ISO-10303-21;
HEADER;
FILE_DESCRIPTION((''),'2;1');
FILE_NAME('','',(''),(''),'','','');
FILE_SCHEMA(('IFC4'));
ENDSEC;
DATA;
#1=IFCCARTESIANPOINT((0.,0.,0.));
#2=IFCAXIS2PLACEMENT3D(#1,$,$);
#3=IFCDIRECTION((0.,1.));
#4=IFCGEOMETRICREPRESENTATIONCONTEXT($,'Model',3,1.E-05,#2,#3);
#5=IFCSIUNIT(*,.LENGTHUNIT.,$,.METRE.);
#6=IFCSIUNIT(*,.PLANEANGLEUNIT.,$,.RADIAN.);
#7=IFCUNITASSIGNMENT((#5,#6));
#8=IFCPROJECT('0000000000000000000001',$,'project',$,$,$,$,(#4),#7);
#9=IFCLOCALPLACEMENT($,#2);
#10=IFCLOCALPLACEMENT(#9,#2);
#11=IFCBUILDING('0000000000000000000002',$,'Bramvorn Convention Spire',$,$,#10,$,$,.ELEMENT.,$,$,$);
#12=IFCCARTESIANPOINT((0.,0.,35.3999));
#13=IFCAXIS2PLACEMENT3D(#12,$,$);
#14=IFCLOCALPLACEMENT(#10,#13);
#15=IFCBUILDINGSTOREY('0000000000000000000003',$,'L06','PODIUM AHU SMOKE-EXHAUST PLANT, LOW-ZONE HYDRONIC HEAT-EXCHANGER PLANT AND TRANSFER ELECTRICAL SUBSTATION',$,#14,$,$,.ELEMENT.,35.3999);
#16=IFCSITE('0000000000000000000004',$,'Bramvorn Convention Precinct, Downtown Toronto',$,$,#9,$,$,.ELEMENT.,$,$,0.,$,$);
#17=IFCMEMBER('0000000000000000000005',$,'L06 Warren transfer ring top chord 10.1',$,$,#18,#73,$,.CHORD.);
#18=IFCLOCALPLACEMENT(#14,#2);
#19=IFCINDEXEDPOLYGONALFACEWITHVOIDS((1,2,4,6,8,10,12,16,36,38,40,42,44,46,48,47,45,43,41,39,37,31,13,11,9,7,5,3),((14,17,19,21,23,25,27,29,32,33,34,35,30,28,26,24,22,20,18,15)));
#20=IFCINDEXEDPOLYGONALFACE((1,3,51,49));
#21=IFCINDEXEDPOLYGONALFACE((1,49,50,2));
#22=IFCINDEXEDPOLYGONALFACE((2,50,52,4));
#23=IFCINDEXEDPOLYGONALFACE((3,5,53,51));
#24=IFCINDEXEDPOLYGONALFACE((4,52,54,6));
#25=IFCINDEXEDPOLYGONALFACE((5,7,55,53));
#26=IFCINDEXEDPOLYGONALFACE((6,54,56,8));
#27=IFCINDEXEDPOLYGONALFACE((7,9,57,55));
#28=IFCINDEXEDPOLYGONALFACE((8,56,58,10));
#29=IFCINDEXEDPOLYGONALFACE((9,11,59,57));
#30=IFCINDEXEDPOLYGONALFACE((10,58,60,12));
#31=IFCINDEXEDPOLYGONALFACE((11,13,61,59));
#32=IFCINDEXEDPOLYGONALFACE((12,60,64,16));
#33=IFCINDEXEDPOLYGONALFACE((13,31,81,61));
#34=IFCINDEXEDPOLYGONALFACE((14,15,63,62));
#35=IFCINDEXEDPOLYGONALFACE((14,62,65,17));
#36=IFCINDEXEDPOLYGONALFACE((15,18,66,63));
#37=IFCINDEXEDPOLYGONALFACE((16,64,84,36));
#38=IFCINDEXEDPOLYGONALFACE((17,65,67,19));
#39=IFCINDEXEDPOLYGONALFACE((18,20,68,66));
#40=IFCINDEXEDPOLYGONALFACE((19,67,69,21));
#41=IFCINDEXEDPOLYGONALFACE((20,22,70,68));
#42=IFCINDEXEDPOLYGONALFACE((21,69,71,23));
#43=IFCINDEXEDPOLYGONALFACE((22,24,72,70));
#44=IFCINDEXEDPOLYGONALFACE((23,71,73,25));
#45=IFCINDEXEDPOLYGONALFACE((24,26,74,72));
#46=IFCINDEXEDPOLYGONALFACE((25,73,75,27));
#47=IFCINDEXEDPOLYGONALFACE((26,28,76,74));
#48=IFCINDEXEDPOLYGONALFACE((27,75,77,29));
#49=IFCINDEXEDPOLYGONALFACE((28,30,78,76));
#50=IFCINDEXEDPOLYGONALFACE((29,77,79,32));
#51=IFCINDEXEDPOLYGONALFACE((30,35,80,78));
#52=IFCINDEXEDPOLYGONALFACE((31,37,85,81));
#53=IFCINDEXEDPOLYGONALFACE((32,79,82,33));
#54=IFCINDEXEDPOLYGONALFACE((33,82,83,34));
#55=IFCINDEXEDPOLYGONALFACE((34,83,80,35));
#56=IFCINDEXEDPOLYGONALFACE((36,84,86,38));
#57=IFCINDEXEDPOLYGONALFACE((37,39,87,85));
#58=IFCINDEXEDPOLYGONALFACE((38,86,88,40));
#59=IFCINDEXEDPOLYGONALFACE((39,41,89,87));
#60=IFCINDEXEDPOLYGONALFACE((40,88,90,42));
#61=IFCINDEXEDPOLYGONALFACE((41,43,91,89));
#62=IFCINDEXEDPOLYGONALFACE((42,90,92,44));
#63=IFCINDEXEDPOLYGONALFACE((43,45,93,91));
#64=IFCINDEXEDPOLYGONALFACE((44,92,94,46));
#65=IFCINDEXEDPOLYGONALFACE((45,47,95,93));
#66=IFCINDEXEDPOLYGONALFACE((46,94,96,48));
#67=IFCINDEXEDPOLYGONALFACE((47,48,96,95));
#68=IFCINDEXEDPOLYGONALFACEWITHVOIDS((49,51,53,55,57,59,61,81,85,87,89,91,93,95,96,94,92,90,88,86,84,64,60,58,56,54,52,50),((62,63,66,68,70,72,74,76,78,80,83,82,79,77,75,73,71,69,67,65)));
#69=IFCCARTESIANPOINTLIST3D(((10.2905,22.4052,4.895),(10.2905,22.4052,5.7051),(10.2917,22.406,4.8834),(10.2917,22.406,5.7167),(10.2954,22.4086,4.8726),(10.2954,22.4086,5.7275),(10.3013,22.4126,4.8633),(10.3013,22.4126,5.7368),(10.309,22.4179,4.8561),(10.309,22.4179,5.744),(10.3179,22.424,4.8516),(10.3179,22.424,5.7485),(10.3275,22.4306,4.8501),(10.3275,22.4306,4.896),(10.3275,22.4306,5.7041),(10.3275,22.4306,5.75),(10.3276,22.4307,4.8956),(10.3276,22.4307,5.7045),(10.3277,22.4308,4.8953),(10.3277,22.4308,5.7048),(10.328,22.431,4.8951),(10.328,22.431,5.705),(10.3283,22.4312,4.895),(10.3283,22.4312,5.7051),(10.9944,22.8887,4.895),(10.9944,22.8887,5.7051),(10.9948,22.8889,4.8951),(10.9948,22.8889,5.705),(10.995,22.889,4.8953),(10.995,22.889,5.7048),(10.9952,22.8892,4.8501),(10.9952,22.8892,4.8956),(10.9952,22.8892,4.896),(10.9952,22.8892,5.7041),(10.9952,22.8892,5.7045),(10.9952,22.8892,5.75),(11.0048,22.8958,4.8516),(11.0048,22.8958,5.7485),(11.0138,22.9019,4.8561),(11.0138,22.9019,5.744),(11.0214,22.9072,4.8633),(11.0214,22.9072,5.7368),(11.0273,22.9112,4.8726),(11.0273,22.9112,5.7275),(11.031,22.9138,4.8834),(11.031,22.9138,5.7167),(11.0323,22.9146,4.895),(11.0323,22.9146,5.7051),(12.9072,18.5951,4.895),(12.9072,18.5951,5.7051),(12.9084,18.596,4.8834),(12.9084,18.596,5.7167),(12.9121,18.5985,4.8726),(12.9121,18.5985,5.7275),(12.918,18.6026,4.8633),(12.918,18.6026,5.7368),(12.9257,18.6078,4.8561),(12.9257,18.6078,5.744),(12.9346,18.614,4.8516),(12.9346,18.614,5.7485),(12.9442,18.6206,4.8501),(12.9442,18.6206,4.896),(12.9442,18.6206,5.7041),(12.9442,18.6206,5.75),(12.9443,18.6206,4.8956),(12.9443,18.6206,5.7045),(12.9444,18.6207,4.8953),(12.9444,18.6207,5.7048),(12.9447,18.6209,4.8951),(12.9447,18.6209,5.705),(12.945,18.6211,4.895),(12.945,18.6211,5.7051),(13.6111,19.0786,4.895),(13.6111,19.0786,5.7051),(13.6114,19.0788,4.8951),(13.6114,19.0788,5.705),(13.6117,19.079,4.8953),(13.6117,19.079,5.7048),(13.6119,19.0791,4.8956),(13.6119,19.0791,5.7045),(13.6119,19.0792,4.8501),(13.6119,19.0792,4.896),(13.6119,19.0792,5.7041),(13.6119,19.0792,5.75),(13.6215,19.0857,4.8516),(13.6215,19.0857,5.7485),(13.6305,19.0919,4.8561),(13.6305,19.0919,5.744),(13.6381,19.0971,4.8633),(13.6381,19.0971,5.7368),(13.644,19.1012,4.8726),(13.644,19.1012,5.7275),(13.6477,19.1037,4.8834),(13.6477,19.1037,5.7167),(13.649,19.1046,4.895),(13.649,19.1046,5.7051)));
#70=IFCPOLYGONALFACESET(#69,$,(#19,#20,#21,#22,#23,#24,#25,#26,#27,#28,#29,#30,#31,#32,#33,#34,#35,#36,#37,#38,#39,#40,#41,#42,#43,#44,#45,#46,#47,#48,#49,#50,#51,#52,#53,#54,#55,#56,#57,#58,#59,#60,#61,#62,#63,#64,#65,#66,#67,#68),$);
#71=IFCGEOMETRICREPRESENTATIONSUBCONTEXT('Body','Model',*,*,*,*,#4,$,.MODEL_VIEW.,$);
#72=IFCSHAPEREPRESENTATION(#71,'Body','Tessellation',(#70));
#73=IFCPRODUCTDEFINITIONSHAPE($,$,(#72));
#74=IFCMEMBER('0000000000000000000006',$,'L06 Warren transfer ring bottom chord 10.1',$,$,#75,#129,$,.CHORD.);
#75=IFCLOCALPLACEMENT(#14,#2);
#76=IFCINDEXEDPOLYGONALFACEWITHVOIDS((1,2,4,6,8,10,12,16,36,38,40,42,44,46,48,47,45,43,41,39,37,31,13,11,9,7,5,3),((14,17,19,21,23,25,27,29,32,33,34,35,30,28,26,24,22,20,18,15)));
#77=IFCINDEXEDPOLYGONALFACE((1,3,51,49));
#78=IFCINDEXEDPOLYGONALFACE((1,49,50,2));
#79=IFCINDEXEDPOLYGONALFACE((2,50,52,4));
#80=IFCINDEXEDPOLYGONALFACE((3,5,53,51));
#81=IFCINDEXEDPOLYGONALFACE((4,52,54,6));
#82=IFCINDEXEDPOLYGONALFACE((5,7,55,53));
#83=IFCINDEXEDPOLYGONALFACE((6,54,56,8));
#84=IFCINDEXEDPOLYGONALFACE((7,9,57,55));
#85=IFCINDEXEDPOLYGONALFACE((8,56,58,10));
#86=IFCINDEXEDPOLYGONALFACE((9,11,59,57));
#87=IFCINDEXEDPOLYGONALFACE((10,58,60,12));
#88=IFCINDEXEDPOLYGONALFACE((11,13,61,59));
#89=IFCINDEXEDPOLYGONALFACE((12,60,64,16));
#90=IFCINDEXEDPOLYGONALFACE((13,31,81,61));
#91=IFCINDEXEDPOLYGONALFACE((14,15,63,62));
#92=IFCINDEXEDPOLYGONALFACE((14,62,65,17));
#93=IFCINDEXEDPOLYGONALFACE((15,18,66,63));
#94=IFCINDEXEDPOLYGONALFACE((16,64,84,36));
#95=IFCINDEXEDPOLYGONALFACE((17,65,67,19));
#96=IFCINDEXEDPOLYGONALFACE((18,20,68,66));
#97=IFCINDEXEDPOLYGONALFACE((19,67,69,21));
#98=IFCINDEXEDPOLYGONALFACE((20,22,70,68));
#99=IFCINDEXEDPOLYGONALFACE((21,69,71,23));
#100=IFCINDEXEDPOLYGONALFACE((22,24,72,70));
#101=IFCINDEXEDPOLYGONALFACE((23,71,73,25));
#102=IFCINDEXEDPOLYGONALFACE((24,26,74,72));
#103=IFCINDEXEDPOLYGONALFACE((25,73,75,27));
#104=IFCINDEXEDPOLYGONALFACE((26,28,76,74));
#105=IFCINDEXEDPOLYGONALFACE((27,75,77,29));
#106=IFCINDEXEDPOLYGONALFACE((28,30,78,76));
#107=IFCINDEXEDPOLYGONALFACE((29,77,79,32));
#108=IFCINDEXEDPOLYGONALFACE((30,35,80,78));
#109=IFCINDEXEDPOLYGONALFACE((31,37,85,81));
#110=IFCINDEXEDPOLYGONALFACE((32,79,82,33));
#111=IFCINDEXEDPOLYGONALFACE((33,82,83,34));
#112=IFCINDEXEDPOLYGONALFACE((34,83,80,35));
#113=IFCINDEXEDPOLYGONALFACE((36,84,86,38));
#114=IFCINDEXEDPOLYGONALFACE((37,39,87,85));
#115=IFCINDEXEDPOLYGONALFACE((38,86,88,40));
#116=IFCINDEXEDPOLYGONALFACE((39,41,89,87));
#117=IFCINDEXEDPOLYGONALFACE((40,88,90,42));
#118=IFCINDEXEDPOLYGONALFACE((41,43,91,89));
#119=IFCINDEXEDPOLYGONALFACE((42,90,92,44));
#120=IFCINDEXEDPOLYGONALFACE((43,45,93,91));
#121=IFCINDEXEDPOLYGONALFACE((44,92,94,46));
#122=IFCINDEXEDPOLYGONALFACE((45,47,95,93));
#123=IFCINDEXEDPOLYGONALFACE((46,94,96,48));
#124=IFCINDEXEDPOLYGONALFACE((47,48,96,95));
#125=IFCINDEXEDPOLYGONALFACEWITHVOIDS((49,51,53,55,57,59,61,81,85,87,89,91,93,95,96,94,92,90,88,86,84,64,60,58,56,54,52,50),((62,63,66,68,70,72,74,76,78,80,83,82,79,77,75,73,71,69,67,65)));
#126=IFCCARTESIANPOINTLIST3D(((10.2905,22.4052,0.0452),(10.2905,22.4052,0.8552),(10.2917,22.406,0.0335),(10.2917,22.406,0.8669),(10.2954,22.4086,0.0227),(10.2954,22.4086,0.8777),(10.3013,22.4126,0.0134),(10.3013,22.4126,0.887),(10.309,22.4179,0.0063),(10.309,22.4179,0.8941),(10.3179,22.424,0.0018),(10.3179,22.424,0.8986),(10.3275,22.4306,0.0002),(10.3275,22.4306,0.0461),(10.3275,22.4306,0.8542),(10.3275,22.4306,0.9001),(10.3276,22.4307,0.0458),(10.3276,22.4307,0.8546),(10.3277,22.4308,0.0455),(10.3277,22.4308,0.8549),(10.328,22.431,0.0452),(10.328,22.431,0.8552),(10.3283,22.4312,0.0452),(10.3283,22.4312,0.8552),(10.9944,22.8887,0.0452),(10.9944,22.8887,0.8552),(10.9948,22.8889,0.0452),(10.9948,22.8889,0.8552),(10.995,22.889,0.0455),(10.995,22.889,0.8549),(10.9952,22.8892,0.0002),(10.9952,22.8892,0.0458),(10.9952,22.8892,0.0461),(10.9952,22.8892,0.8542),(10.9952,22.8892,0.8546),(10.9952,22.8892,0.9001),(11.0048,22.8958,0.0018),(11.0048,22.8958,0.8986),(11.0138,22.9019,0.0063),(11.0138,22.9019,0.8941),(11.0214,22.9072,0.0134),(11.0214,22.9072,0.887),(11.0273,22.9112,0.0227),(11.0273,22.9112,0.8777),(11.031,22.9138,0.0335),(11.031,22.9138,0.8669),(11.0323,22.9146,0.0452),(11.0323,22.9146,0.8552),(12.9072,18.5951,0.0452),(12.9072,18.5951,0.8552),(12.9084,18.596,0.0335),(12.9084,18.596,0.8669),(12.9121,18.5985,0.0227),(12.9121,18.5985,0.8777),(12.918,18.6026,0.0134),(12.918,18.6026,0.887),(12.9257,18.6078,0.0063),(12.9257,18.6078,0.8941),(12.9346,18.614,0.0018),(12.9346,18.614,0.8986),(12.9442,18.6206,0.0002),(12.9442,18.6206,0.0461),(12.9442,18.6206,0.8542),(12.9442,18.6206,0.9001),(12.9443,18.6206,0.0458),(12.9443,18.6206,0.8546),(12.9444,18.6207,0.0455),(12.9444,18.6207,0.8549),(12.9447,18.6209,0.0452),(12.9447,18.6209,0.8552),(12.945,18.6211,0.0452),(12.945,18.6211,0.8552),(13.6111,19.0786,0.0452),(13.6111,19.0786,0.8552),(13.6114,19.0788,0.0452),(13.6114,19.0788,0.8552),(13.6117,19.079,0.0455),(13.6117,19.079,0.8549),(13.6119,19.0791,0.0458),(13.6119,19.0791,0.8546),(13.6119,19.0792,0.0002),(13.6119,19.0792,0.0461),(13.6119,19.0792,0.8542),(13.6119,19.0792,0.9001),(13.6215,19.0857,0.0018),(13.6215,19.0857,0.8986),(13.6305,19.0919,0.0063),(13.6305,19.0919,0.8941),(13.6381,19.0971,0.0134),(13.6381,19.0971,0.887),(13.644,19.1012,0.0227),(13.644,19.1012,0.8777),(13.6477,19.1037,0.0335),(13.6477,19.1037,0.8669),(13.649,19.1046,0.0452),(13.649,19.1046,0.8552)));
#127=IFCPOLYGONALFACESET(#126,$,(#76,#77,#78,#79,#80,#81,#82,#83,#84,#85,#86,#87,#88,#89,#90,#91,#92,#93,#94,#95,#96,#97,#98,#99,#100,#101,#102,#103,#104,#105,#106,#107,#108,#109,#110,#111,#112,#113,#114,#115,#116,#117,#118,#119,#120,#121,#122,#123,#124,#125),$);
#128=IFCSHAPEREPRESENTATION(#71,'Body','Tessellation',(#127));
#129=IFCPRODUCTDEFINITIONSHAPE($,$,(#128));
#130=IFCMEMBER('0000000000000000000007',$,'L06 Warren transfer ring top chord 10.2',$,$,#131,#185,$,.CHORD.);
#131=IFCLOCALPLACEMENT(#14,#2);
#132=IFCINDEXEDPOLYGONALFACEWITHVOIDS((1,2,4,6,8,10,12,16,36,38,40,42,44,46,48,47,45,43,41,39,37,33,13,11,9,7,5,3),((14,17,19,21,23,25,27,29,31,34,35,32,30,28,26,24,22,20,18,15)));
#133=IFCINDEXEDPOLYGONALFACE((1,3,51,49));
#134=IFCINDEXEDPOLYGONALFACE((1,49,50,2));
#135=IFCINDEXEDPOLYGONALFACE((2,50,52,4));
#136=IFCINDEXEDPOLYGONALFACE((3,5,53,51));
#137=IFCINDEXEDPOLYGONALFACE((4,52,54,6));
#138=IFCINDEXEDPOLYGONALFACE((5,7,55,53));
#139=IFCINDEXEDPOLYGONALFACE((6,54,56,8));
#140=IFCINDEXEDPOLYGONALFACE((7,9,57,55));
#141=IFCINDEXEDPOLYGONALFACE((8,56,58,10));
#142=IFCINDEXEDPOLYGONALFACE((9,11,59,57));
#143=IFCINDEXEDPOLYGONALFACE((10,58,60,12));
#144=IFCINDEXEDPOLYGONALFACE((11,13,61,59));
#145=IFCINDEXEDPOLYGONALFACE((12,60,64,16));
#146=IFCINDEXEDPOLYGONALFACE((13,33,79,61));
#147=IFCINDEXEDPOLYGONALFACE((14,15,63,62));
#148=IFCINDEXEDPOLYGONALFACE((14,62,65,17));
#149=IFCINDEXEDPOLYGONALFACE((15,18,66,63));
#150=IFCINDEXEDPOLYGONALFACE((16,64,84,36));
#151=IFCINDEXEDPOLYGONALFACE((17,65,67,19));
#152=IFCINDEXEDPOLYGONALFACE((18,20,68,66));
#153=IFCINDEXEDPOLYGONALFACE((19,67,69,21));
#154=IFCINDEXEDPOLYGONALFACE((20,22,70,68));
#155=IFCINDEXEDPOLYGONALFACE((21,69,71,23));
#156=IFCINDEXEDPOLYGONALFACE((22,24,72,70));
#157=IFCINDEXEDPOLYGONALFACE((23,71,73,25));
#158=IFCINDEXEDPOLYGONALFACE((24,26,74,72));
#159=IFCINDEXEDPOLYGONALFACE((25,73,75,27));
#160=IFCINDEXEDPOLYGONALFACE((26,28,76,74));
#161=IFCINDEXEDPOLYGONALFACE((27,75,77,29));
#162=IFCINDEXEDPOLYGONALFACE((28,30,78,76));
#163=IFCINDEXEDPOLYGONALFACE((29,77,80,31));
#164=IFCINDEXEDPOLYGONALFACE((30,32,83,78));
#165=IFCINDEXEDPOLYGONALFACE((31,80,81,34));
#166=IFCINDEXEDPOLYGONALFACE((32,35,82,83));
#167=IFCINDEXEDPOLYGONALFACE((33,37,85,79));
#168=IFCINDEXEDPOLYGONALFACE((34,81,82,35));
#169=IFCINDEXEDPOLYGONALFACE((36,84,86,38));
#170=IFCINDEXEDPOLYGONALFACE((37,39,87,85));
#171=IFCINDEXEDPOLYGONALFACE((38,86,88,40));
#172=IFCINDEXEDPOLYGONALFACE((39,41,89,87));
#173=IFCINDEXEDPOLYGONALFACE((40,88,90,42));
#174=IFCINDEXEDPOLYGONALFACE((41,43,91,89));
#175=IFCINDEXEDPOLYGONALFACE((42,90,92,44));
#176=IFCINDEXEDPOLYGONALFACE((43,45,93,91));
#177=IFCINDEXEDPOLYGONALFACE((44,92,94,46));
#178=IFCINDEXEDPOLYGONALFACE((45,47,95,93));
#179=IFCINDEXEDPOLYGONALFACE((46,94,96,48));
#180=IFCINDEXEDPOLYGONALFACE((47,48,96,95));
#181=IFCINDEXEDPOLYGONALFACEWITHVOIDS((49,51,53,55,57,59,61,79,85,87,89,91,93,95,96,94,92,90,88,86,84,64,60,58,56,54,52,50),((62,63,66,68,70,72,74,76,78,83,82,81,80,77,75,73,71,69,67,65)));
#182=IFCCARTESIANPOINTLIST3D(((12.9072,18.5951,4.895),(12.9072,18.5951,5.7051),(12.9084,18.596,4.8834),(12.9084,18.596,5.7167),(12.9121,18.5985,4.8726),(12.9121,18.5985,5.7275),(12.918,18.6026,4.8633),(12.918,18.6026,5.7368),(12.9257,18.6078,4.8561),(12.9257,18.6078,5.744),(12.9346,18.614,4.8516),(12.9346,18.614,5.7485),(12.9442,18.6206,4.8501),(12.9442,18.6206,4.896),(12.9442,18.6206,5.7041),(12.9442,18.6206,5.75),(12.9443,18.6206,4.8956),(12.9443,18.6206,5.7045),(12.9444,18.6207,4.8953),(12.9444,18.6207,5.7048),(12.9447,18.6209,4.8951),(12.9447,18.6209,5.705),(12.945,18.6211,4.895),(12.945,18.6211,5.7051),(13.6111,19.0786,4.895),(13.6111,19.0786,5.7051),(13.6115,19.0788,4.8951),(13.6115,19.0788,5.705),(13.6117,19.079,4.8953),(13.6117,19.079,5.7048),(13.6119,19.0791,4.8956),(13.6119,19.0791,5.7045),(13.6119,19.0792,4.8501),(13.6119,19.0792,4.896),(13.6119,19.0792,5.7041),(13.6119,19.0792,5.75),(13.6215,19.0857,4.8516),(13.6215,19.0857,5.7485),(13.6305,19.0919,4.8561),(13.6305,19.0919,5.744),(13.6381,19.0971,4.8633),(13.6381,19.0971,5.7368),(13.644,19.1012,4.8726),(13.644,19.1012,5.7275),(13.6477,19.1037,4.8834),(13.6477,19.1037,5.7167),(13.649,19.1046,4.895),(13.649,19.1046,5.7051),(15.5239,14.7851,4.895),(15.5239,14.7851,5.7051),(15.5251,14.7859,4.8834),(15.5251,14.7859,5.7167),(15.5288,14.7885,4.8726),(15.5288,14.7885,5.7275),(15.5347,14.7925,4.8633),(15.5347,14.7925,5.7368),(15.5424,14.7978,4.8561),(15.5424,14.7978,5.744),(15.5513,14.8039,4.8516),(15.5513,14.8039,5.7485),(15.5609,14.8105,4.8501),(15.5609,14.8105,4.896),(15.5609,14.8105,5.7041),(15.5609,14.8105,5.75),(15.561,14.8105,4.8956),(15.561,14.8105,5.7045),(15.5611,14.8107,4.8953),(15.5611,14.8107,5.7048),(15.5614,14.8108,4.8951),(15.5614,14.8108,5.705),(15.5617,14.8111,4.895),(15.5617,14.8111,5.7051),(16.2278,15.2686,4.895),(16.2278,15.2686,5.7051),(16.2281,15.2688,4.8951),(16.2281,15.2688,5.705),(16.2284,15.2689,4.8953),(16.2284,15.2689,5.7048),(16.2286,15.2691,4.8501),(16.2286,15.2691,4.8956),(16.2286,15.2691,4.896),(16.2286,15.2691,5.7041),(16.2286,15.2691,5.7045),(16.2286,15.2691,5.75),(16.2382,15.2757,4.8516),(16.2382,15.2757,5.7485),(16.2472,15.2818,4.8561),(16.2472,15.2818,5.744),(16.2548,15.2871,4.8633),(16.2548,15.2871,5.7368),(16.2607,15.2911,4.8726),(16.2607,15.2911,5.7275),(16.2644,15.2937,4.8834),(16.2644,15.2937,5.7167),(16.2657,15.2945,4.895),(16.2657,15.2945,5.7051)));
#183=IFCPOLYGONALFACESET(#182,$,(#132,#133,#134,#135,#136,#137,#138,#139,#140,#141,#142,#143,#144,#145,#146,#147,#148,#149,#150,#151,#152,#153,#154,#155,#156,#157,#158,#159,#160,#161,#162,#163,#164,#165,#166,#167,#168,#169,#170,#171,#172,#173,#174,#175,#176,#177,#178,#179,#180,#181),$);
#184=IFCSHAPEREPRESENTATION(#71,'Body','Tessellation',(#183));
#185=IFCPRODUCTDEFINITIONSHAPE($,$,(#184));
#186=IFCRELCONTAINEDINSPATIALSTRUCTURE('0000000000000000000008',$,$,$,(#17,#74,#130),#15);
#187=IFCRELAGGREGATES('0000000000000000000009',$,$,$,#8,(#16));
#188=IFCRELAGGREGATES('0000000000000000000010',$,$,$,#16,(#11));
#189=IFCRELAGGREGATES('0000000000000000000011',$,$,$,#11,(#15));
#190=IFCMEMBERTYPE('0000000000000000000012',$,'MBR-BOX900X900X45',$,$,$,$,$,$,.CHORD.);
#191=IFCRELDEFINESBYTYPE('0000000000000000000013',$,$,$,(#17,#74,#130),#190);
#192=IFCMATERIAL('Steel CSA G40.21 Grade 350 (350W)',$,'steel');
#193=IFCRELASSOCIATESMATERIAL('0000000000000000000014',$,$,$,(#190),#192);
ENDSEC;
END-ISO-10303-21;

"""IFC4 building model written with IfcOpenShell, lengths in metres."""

from ifc_helpers import new_model, si_unit, direction, frame, origin, origin_2d, place, context, subcontext, project, spatial, hollow_rectangle, extrude, material, material_profile, profile_set, type_object, element, save


model = new_model("IFC4")

# Units and contexts
model_context = context("Model", 3, precision=1e-05, world=origin(), true_north=direction((0.0, 1.0)))
body_context = subcontext(model_context, "Body", "Model", "MODEL_VIEW")
ifc_project = project(units=[si_unit("LENGTHUNIT", "METRE"), si_unit("PLANEANGLEUNIT", "RADIAN")], contexts=[model_context])

# Site, building, storey
site_placement = place(None, origin())
site = spatial("IfcSite", under=ifc_project, at=site_placement, Name="Bramvorn Convention Precinct, Downtown Toronto", CompositionType="ELEMENT", RefElevation=0.0)
building_placement = place(site_placement, origin())
building = spatial("IfcBuilding", under=site, at=building_placement, Name="Bramvorn Convention Spire", CompositionType="ELEMENT")
storey_placement = place(building_placement, frame((0.0, 0.0, 35.3999)))
storey = spatial("IfcBuildingStorey", under=building, at=storey_placement, Name="L06", Description="PODIUM AHU SMOKE-EXHAUST PLANT, LOW-ZONE HYDRONIC HEAT-EXCHANGER PLANT AND TRANSFER ELECTRICAL SUBSTATION", CompositionType="ELEMENT", Elevation=35.3999)

# Shared definitions
ifc_material_1 = material(Name="Steel CSA G40.21 Grade 350 (350W)", Category="steel")

# Members
ifc_material_profile_1 = material_profile(ifc_material_1, hollow_rectangle(XDim=0.8999, YDim=0.8999, WallThickness=0.0449, InnerFilletRadius=0.001, OuterFilletRadius=0.0449, at=origin_2d()))
ifc_profile_set_1 = profile_set([ifc_material_profile_1], Name="Steel CSA G40.21 Grade 350 (350W) - BOX900X900X45")
member_type_1 = type_object("IfcMemberType", Name="MBR-BOX900X900X45", PredefinedType="CHORD", material=ifc_profile_set_1)
for number, where, z_axis, x_axis, name in (
    (1, (10.6614, 22.6599, 5.3), (0.56613, -0.824316, 0.0), (0.824316, 0.56613, 0.0), "L06 Warren transfer ring top chord 10.1"),
    (2, (10.6614, 22.6599, 0.4502), (0.56613, -0.824316, 0.0), (0.824316, 0.56613, 0.0), "L06 Warren transfer ring bottom chord 10.1"),
    (3, (13.2781, 18.8499, 5.3), (0.56613, -0.824316, 0.0), (0.824316, 0.56613, 0.0), "L06 Warren transfer ring top chord 10.2"),
):
    element("IfcMember", number, at=place(storey_placement, frame(where, z_axis=z_axis, x_axis=x_axis)), inside=storey, type_object=member_type_1, Name=name, PredefinedType="CHORD", context=body_context, shape_type="SweptSolid", body=[
        extrude(hollow_rectangle(XDim=0.8999, YDim=0.8999, WallThickness=0.0449, InnerFilletRadius=0.001, OuterFilletRadius=0.0449, at=origin_2d()), origin(), (0.0, 0.0, 1.0), 4.6221),
    ])

save(model, "model.ifc")
